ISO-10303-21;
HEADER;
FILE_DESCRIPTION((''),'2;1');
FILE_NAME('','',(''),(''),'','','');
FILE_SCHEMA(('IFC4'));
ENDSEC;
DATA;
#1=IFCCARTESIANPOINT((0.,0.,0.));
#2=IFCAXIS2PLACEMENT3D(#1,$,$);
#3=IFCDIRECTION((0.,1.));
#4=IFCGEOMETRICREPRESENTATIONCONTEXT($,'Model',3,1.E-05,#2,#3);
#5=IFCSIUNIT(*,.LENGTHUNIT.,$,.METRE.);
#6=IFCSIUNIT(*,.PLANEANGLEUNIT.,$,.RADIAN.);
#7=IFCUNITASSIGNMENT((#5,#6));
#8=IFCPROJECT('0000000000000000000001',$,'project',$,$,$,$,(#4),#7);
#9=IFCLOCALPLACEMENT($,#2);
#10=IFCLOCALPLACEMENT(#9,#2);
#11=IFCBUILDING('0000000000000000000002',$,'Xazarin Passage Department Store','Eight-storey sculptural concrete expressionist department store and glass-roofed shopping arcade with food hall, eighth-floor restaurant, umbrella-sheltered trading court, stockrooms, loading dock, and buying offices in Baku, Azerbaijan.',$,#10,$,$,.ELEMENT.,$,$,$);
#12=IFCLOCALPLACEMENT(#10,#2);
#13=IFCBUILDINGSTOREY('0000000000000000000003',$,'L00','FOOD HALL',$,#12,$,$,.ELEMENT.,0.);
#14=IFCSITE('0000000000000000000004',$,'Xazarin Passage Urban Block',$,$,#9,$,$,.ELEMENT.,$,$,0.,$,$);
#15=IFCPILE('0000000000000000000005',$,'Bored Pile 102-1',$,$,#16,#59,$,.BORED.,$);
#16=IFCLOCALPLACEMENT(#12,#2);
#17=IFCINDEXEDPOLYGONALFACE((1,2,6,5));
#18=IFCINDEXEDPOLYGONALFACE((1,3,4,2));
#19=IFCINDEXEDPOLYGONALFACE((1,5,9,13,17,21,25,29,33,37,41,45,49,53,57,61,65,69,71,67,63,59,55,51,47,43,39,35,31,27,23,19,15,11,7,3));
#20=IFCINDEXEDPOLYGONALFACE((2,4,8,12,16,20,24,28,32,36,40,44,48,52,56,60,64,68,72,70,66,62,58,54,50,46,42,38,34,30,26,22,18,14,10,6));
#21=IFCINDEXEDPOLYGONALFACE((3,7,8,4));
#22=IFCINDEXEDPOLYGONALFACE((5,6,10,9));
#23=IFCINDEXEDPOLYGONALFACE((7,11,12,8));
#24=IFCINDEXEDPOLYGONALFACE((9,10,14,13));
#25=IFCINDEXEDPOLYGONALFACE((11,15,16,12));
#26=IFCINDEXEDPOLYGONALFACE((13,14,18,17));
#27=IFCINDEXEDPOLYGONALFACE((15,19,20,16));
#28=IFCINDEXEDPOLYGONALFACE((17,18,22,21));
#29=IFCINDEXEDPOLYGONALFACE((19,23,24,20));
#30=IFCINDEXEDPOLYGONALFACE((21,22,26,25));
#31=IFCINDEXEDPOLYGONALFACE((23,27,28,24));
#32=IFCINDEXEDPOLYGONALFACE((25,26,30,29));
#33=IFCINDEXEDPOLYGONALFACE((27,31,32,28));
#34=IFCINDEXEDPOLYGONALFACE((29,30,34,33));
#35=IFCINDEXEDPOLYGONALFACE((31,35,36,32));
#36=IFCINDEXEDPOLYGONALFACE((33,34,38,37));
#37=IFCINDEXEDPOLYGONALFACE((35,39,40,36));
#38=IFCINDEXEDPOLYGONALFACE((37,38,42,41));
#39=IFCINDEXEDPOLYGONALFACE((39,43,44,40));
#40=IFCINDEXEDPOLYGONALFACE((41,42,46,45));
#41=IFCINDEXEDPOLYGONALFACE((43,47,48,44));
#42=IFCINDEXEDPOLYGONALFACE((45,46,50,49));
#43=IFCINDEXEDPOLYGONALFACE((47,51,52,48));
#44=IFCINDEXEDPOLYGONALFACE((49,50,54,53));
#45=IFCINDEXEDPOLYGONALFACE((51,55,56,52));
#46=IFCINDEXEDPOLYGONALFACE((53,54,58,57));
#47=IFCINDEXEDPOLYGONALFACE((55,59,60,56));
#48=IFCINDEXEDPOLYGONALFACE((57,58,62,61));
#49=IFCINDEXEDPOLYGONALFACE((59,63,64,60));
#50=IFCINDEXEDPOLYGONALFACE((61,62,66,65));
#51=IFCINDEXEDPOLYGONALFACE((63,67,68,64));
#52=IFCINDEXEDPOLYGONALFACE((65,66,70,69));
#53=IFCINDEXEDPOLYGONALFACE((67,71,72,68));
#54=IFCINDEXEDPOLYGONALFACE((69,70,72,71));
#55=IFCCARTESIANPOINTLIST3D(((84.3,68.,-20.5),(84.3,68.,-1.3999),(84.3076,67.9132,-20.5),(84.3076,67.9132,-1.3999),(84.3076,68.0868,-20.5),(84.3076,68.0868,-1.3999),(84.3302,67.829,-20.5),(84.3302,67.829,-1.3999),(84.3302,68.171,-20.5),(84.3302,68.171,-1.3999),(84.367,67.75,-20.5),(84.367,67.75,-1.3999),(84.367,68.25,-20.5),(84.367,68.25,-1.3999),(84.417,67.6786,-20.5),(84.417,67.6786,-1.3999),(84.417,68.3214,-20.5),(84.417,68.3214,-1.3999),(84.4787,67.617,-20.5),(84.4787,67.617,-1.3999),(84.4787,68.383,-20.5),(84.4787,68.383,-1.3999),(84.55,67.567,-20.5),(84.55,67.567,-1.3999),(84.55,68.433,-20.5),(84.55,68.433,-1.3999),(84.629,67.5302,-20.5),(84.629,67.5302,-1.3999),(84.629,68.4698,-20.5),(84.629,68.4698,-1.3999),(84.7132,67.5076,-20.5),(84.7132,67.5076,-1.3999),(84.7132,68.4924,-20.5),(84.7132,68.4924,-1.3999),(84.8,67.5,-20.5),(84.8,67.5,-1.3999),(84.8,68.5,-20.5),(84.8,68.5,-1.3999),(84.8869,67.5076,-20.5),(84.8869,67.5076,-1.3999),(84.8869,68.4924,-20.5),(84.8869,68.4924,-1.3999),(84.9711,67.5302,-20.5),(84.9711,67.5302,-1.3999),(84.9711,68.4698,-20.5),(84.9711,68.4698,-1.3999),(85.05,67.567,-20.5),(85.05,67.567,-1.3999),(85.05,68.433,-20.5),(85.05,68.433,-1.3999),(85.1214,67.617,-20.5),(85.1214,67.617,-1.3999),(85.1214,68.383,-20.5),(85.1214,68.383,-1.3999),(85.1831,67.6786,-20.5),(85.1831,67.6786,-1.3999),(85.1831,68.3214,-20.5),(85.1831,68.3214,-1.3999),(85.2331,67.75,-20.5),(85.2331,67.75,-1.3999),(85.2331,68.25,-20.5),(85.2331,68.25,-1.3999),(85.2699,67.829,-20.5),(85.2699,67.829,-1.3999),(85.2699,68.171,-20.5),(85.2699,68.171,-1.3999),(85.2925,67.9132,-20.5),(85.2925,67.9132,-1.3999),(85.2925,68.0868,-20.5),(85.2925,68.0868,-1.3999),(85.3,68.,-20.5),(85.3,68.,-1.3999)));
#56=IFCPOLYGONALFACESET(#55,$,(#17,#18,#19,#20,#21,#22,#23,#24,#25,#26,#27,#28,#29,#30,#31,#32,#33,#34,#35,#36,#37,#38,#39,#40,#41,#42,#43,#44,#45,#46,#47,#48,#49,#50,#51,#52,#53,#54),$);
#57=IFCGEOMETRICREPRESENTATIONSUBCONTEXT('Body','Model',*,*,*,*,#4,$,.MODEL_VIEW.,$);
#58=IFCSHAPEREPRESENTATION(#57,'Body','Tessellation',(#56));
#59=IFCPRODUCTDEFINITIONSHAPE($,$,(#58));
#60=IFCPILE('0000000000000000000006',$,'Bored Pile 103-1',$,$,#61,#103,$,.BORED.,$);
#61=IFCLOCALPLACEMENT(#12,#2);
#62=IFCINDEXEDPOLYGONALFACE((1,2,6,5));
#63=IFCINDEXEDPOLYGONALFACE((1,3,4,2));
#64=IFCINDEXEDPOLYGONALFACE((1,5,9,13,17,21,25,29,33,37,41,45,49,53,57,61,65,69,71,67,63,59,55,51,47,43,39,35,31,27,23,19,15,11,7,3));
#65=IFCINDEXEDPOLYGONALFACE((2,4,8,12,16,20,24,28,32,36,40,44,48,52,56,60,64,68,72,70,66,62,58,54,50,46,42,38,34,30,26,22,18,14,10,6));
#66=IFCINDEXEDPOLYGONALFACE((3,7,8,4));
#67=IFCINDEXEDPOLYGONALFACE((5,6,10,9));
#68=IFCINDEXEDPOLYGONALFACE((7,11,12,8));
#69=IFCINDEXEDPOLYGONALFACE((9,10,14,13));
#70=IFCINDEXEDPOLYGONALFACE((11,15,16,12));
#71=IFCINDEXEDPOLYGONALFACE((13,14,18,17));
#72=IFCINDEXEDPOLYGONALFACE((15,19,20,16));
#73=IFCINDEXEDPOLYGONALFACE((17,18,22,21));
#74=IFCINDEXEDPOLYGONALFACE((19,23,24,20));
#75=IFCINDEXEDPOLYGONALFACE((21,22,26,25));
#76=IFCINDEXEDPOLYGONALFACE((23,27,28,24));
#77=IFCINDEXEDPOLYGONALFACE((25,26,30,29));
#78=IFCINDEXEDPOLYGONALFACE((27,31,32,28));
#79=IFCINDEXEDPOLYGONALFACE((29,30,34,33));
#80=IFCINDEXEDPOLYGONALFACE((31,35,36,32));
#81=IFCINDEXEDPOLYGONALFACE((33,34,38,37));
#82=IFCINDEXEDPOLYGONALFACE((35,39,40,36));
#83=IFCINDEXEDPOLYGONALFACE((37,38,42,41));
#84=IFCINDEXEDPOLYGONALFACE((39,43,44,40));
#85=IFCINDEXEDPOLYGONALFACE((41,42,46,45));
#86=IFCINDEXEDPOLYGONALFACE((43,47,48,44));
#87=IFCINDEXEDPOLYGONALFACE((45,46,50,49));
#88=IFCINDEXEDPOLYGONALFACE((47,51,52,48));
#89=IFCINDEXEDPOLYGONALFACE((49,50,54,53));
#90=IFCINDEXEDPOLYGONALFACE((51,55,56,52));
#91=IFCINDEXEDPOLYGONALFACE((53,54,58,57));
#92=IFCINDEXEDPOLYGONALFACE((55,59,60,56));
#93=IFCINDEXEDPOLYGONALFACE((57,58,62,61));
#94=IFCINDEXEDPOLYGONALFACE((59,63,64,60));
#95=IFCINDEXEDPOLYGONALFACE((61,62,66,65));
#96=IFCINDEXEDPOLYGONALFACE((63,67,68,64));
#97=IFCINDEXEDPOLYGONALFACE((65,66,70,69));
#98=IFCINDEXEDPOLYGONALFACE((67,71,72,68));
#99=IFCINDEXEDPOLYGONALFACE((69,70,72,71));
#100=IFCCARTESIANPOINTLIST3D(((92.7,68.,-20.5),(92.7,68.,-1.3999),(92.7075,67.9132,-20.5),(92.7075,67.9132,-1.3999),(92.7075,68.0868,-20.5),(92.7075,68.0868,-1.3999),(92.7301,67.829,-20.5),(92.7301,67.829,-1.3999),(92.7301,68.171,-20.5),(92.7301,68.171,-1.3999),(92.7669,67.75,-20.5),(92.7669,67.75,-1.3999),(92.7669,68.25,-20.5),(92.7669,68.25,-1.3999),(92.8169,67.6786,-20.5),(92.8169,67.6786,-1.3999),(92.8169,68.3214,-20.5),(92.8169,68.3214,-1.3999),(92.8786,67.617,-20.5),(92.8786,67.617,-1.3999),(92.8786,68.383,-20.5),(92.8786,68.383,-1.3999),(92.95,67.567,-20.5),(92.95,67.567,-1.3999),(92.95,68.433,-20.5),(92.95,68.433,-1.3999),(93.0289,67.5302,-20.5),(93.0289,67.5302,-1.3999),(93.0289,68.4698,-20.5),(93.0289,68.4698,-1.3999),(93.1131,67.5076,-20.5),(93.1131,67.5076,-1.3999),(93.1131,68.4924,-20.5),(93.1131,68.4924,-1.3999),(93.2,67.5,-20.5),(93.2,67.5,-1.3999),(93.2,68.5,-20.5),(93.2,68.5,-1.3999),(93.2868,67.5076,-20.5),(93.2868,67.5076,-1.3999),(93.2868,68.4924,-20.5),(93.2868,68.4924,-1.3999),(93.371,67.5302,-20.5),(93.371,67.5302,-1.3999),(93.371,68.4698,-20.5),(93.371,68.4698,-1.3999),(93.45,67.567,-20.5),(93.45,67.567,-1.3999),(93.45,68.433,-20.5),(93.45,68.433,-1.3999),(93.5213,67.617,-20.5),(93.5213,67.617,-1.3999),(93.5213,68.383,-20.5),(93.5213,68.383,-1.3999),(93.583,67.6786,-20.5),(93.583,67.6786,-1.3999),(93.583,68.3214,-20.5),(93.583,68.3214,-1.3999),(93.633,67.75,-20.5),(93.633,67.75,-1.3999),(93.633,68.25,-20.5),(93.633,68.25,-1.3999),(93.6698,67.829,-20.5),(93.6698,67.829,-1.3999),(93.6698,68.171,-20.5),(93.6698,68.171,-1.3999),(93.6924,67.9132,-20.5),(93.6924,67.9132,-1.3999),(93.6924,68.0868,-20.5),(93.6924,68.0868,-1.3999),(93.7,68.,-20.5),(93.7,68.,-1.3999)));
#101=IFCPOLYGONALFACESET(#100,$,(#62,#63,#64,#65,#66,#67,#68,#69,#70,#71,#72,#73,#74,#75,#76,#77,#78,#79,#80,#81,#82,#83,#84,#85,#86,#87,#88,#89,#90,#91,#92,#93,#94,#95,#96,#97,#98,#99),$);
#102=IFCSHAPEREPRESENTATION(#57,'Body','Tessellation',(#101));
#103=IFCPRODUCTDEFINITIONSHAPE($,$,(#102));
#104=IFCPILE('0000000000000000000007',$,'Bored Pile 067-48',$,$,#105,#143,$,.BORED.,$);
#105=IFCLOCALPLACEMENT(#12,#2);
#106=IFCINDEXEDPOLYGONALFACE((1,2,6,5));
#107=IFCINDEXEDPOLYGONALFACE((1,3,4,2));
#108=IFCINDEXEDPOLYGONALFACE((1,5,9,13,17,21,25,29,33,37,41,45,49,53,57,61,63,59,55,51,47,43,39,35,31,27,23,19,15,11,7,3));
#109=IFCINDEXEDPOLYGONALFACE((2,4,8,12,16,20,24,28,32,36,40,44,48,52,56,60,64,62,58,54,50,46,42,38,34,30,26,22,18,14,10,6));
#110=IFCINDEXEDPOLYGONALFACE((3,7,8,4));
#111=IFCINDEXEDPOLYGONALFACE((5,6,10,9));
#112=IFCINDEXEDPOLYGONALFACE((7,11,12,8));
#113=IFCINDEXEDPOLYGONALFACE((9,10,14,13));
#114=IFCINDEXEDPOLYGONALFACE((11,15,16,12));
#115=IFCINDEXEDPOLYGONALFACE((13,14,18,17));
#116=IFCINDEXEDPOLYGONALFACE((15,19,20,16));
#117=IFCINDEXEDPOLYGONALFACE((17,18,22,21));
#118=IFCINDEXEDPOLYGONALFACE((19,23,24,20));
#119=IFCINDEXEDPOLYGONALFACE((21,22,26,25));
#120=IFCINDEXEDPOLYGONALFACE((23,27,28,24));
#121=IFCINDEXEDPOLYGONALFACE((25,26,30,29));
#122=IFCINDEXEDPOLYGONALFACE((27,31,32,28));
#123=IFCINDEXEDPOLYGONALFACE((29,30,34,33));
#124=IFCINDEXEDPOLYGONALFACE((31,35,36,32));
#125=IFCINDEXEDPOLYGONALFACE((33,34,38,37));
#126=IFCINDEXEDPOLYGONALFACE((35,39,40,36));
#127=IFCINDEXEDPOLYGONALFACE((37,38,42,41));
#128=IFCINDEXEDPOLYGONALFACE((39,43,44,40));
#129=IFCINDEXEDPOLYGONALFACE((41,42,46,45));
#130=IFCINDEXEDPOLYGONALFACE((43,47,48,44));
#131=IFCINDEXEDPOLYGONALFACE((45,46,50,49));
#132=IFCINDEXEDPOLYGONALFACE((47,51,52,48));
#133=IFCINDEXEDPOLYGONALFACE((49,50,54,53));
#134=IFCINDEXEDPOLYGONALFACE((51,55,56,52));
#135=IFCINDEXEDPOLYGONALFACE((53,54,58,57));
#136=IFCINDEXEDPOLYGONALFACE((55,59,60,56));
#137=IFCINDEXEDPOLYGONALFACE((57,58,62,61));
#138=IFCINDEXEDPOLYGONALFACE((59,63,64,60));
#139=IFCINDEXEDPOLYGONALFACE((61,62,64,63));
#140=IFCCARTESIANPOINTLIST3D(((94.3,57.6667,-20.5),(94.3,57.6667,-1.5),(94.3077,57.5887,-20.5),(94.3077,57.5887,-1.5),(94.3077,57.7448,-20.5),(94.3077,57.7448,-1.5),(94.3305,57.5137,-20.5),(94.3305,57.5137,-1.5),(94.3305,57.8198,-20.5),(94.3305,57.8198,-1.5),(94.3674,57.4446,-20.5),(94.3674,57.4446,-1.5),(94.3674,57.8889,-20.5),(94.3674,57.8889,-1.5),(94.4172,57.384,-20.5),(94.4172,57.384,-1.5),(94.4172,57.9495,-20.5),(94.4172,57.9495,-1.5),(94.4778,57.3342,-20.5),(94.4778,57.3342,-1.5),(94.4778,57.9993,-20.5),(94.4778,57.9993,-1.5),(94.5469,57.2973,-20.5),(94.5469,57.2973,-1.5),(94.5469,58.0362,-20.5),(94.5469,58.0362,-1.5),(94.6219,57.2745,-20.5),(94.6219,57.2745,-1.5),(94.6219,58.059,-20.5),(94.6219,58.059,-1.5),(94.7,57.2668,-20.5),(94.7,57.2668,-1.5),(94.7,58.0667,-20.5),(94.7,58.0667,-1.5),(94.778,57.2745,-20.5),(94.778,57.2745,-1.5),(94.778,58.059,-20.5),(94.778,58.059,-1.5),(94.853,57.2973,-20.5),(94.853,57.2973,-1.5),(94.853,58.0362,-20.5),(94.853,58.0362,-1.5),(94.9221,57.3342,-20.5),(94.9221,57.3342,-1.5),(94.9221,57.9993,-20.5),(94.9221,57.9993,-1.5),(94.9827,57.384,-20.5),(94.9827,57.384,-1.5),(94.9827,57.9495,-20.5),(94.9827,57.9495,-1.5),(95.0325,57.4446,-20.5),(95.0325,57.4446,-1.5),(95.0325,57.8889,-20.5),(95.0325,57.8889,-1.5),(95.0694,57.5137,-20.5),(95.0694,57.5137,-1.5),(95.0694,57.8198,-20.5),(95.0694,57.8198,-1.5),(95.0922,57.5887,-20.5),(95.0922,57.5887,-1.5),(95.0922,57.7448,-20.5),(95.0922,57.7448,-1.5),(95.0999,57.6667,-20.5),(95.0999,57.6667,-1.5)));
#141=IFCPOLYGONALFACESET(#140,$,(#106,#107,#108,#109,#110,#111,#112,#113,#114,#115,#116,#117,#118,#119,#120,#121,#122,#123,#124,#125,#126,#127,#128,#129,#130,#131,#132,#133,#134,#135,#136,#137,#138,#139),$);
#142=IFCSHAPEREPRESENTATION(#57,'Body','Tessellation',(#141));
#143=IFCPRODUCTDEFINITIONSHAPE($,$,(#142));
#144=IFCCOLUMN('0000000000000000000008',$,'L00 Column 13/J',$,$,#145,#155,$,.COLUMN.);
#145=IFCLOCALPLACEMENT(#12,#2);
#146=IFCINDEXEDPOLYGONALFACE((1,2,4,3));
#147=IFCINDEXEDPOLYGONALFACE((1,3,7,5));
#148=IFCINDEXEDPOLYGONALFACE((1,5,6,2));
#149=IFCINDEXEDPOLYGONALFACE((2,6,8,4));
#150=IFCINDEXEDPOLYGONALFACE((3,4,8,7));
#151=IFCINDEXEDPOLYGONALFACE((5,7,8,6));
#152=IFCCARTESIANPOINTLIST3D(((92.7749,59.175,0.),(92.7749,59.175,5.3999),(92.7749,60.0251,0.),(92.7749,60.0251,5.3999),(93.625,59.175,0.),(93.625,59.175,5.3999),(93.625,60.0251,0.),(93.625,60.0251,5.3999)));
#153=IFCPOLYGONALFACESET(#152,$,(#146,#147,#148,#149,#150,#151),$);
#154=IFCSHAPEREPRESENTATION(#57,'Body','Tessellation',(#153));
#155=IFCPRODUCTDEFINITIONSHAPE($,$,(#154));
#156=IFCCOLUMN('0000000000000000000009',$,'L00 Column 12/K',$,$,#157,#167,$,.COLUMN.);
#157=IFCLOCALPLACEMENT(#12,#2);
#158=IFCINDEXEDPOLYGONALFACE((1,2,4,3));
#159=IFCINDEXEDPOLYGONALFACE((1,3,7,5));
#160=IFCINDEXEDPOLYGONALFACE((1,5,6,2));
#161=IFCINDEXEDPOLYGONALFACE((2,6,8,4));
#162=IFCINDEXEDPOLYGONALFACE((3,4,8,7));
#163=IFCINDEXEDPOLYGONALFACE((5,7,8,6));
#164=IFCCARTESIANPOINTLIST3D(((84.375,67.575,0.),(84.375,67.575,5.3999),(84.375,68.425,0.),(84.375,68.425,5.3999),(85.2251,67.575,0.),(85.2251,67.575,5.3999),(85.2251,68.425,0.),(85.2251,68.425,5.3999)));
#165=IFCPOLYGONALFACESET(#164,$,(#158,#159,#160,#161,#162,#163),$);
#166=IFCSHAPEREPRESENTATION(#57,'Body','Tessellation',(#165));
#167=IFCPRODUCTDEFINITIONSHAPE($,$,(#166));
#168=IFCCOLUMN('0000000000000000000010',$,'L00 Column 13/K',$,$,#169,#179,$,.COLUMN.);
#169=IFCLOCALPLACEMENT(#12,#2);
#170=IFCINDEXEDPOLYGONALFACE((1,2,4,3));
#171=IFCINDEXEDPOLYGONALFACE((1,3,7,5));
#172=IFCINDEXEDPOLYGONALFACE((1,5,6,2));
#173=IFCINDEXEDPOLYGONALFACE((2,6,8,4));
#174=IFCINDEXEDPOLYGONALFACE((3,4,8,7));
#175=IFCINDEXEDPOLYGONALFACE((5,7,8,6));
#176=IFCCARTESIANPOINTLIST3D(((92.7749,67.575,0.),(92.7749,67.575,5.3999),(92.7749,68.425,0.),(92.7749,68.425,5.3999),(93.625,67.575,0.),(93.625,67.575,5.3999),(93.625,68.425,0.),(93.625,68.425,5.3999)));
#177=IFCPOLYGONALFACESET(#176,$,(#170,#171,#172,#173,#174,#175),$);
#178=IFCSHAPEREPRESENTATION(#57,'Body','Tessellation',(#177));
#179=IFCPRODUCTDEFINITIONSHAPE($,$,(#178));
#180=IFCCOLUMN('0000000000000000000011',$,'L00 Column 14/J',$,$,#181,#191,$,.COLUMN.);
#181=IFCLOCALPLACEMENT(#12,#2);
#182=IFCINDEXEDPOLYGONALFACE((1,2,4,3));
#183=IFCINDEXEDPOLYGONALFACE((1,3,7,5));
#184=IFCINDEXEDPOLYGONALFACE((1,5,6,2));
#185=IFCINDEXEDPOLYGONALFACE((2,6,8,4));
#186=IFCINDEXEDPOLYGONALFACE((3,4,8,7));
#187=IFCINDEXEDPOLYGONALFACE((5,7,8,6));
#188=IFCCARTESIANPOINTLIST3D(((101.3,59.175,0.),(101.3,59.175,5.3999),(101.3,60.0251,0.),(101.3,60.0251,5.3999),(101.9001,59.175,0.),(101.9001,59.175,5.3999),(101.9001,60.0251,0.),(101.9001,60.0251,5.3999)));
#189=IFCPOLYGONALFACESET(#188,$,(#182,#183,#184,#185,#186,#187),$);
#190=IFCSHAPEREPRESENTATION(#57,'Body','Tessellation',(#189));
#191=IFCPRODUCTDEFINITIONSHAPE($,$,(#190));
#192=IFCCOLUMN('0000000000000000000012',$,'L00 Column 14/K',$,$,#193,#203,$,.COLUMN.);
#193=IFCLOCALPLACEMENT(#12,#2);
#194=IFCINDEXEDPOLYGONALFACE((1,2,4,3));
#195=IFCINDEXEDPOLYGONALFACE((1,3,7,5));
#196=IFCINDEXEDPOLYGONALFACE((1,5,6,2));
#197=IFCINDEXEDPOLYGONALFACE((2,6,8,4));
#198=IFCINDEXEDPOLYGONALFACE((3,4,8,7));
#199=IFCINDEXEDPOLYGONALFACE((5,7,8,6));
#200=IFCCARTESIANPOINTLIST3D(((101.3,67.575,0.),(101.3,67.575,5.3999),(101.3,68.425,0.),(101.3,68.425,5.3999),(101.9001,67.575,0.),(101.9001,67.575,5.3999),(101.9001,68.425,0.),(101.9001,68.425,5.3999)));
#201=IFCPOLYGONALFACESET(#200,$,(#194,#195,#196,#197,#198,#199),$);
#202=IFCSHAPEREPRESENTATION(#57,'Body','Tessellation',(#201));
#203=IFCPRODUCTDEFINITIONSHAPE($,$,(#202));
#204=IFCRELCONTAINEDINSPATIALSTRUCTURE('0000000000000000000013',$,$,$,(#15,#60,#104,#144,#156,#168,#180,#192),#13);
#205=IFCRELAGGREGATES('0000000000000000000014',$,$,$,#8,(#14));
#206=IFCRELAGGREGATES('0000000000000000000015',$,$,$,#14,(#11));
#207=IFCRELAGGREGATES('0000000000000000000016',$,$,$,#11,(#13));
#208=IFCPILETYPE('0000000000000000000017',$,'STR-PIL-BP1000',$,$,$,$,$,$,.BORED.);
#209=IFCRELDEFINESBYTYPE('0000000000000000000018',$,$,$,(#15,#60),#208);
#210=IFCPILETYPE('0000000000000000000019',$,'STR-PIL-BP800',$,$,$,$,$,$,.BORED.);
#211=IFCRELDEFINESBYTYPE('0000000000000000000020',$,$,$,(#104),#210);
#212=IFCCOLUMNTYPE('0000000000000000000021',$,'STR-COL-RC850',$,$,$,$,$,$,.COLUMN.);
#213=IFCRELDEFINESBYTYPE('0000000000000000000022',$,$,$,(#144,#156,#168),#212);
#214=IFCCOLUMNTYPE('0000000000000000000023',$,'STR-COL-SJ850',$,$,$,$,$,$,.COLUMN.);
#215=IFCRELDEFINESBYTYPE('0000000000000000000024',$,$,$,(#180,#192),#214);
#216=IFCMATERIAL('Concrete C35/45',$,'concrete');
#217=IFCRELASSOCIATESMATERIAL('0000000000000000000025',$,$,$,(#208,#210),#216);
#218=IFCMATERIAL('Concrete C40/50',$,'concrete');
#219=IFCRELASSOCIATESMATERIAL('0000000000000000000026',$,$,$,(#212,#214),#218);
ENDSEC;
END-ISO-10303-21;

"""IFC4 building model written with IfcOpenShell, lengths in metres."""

from ifc_helpers import new_model, si_unit, direction, frame, origin, origin_2d, place, context, subcontext, project, spatial, rectangle, circle, extrude, material, material_profile, profile_set, type_object, element, save


model = new_model("IFC4")

# Units and contexts
model_context = context("Model", 3, precision=1e-05, world=origin(), true_north=direction((0.0, 1.0)))
body_context = subcontext(model_context, "Body", "Model", "MODEL_VIEW")
ifc_project = project(units=[si_unit("LENGTHUNIT", "METRE"), si_unit("PLANEANGLEUNIT", "RADIAN")], contexts=[model_context])

# Site, building, storey
site_placement = place(None, origin())
site = spatial("IfcSite", under=ifc_project, at=site_placement, Name="Xazarin Passage Urban Block", CompositionType="ELEMENT", RefElevation=0.0)
building_placement = place(site_placement, origin())
building = spatial("IfcBuilding", under=site, at=building_placement, Name="Xazarin Passage Department Store", Description="Eight-storey sculptural concrete expressionist department store and glass-roofed shopping arcade with food hall, eighth-floor restaurant, umbrella-sheltered trading court, stockrooms, loading dock, and buying offices in Baku, Azerbaijan.", CompositionType="ELEMENT")
storey_placement = place(building_placement, origin())
storey = spatial("IfcBuildingStorey", under=building, at=storey_placement, Name="L00", Description="FOOD HALL", CompositionType="ELEMENT", Elevation=0.0)

# Shared definitions
ifc_material_1 = material(Name="Concrete C35/45", Category="concrete")

# Piles
ifc_material_profile_1 = material_profile(ifc_material_1, circle(Radius=0.5, at=origin_2d()), Name="BP 1000")
ifc_profile_set_1 = profile_set([ifc_material_profile_1], Name="Concrete C35/45")
pile_type_1 = type_object("IfcPileType", Name="STR-PIL-BP1000", PredefinedType="BORED", material=ifc_profile_set_1)
for number, where, z_axis, x_axis, name in (
    (1, (84.8, 68.0, -1.3999), (0.0, 0.0, -1.0), (1.0, 0.0, 0.0), "Bored Pile 102-1"),
    (2, (93.2, 68.0, -1.3999), (0.0, 0.0, -1.0), (1.0, 0.0, 0.0), "Bored Pile 103-1"),
):
    element("IfcPile", number, at=place(storey_placement, frame(where, z_axis=z_axis, x_axis=x_axis)), inside=storey, type_object=pile_type_1, Name=name, PredefinedType="BORED", context=body_context, shape_type="SweptSolid", body=[
        extrude(circle(Radius=0.5, at=origin_2d()), origin(), (0.0, 0.0, 1.0), 19.1001),
    ])
ifc_material_profile_2 = material_profile(ifc_material_1, circle(Radius=0.3999, at=origin_2d()), Name="BP 800")
ifc_profile_set_2 = profile_set([ifc_material_profile_2], Name="Concrete C35/45")
pile_type_2 = type_object("IfcPileType", Name="STR-PIL-BP800", PredefinedType="BORED", material=ifc_profile_set_2)
pile_placement = place(storey_placement, frame((94.7, 57.6667, -1.5), z_axis=(0.0, 0.0, -1.0), x_axis=(1.0, 0.0, 0.0)))
element("IfcPile", 3, at=pile_placement, inside=storey, type_object=pile_type_2, Name="Bored Pile 067-48", PredefinedType="BORED", context=body_context, shape_type="SweptSolid", body=[
    extrude(circle(Radius=0.3999, at=origin_2d()), origin(), (0.0, 0.0, 1.0), 19.0),
])

# Columns
ifc_material_2 = material(Name="Concrete C40/50", Category="concrete")
ifc_material_profile_3 = material_profile(ifc_material_2, rectangle(XDim=0.8501, YDim=0.8501, at=origin_2d()), Name="RC 850x850")
ifc_profile_set_3 = profile_set([ifc_material_profile_3], Name="Concrete C40/50")
column_type_1 = type_object("IfcColumnType", Name="STR-COL-RC850", PredefinedType="COLUMN", material=ifc_profile_set_3)
for number, where, z_axis, x_axis, name in (
    (4, (93.2, 59.6001, 0.0), (0.0, 0.0, 1.0), (1.0, 0.0, 0.0), "L00 Column 13/J"),
    (5, (84.8, 68.0, 0.0), (0.0, 0.0, 1.0), (1.0, 0.0, 0.0), "L00 Column 12/K"),
    (6, (93.2, 68.0, 0.0), (0.0, 0.0, 1.0), (1.0, 0.0, 0.0), "L00 Column 13/K"),
):
    element("IfcColumn", number, at=place(storey_placement, frame(where, z_axis=z_axis, x_axis=x_axis)), inside=storey, type_object=column_type_1, Name=name, PredefinedType="COLUMN", context=body_context, shape_type="SweptSolid", body=[
        extrude(rectangle(XDim=0.8501, YDim=0.8501, at=origin_2d()), origin(), (0.0, 0.0, 1.0), 5.3999),
    ])
ifc_material_profile_4 = material_profile(ifc_material_2, rectangle(XDim=0.6001, YDim=0.8501, at=origin_2d()), Name="RC 600x850")
ifc_profile_set_4 = profile_set([ifc_material_profile_4], Name="Concrete C40/50")
column_type_2 = type_object("IfcColumnType", Name="STR-COL-SJ850", PredefinedType="COLUMN", material=ifc_profile_set_4)
for number, where, z_axis, x_axis, name in (
    (7, (101.6001, 59.6001, 0.0), (0.0, 0.0, 1.0), (1.0, 0.0, 0.0), "L00 Column 14/J"),
    (8, (101.6001, 68.0, 0.0), (0.0, 0.0, 1.0), (1.0, 0.0, 0.0), "L00 Column 14/K"),
):
    element("IfcColumn", number, at=place(storey_placement, frame(where, z_axis=z_axis, x_axis=x_axis)), inside=storey, type_object=column_type_2, Name=name, PredefinedType="COLUMN", context=body_context, shape_type="SweptSolid", body=[
        extrude(rectangle(XDim=0.6001, YDim=0.8501, at=origin_2d()), origin(), (0.0, 0.0, 1.0), 5.3999),
    ])

save(model, "model.ifc")
